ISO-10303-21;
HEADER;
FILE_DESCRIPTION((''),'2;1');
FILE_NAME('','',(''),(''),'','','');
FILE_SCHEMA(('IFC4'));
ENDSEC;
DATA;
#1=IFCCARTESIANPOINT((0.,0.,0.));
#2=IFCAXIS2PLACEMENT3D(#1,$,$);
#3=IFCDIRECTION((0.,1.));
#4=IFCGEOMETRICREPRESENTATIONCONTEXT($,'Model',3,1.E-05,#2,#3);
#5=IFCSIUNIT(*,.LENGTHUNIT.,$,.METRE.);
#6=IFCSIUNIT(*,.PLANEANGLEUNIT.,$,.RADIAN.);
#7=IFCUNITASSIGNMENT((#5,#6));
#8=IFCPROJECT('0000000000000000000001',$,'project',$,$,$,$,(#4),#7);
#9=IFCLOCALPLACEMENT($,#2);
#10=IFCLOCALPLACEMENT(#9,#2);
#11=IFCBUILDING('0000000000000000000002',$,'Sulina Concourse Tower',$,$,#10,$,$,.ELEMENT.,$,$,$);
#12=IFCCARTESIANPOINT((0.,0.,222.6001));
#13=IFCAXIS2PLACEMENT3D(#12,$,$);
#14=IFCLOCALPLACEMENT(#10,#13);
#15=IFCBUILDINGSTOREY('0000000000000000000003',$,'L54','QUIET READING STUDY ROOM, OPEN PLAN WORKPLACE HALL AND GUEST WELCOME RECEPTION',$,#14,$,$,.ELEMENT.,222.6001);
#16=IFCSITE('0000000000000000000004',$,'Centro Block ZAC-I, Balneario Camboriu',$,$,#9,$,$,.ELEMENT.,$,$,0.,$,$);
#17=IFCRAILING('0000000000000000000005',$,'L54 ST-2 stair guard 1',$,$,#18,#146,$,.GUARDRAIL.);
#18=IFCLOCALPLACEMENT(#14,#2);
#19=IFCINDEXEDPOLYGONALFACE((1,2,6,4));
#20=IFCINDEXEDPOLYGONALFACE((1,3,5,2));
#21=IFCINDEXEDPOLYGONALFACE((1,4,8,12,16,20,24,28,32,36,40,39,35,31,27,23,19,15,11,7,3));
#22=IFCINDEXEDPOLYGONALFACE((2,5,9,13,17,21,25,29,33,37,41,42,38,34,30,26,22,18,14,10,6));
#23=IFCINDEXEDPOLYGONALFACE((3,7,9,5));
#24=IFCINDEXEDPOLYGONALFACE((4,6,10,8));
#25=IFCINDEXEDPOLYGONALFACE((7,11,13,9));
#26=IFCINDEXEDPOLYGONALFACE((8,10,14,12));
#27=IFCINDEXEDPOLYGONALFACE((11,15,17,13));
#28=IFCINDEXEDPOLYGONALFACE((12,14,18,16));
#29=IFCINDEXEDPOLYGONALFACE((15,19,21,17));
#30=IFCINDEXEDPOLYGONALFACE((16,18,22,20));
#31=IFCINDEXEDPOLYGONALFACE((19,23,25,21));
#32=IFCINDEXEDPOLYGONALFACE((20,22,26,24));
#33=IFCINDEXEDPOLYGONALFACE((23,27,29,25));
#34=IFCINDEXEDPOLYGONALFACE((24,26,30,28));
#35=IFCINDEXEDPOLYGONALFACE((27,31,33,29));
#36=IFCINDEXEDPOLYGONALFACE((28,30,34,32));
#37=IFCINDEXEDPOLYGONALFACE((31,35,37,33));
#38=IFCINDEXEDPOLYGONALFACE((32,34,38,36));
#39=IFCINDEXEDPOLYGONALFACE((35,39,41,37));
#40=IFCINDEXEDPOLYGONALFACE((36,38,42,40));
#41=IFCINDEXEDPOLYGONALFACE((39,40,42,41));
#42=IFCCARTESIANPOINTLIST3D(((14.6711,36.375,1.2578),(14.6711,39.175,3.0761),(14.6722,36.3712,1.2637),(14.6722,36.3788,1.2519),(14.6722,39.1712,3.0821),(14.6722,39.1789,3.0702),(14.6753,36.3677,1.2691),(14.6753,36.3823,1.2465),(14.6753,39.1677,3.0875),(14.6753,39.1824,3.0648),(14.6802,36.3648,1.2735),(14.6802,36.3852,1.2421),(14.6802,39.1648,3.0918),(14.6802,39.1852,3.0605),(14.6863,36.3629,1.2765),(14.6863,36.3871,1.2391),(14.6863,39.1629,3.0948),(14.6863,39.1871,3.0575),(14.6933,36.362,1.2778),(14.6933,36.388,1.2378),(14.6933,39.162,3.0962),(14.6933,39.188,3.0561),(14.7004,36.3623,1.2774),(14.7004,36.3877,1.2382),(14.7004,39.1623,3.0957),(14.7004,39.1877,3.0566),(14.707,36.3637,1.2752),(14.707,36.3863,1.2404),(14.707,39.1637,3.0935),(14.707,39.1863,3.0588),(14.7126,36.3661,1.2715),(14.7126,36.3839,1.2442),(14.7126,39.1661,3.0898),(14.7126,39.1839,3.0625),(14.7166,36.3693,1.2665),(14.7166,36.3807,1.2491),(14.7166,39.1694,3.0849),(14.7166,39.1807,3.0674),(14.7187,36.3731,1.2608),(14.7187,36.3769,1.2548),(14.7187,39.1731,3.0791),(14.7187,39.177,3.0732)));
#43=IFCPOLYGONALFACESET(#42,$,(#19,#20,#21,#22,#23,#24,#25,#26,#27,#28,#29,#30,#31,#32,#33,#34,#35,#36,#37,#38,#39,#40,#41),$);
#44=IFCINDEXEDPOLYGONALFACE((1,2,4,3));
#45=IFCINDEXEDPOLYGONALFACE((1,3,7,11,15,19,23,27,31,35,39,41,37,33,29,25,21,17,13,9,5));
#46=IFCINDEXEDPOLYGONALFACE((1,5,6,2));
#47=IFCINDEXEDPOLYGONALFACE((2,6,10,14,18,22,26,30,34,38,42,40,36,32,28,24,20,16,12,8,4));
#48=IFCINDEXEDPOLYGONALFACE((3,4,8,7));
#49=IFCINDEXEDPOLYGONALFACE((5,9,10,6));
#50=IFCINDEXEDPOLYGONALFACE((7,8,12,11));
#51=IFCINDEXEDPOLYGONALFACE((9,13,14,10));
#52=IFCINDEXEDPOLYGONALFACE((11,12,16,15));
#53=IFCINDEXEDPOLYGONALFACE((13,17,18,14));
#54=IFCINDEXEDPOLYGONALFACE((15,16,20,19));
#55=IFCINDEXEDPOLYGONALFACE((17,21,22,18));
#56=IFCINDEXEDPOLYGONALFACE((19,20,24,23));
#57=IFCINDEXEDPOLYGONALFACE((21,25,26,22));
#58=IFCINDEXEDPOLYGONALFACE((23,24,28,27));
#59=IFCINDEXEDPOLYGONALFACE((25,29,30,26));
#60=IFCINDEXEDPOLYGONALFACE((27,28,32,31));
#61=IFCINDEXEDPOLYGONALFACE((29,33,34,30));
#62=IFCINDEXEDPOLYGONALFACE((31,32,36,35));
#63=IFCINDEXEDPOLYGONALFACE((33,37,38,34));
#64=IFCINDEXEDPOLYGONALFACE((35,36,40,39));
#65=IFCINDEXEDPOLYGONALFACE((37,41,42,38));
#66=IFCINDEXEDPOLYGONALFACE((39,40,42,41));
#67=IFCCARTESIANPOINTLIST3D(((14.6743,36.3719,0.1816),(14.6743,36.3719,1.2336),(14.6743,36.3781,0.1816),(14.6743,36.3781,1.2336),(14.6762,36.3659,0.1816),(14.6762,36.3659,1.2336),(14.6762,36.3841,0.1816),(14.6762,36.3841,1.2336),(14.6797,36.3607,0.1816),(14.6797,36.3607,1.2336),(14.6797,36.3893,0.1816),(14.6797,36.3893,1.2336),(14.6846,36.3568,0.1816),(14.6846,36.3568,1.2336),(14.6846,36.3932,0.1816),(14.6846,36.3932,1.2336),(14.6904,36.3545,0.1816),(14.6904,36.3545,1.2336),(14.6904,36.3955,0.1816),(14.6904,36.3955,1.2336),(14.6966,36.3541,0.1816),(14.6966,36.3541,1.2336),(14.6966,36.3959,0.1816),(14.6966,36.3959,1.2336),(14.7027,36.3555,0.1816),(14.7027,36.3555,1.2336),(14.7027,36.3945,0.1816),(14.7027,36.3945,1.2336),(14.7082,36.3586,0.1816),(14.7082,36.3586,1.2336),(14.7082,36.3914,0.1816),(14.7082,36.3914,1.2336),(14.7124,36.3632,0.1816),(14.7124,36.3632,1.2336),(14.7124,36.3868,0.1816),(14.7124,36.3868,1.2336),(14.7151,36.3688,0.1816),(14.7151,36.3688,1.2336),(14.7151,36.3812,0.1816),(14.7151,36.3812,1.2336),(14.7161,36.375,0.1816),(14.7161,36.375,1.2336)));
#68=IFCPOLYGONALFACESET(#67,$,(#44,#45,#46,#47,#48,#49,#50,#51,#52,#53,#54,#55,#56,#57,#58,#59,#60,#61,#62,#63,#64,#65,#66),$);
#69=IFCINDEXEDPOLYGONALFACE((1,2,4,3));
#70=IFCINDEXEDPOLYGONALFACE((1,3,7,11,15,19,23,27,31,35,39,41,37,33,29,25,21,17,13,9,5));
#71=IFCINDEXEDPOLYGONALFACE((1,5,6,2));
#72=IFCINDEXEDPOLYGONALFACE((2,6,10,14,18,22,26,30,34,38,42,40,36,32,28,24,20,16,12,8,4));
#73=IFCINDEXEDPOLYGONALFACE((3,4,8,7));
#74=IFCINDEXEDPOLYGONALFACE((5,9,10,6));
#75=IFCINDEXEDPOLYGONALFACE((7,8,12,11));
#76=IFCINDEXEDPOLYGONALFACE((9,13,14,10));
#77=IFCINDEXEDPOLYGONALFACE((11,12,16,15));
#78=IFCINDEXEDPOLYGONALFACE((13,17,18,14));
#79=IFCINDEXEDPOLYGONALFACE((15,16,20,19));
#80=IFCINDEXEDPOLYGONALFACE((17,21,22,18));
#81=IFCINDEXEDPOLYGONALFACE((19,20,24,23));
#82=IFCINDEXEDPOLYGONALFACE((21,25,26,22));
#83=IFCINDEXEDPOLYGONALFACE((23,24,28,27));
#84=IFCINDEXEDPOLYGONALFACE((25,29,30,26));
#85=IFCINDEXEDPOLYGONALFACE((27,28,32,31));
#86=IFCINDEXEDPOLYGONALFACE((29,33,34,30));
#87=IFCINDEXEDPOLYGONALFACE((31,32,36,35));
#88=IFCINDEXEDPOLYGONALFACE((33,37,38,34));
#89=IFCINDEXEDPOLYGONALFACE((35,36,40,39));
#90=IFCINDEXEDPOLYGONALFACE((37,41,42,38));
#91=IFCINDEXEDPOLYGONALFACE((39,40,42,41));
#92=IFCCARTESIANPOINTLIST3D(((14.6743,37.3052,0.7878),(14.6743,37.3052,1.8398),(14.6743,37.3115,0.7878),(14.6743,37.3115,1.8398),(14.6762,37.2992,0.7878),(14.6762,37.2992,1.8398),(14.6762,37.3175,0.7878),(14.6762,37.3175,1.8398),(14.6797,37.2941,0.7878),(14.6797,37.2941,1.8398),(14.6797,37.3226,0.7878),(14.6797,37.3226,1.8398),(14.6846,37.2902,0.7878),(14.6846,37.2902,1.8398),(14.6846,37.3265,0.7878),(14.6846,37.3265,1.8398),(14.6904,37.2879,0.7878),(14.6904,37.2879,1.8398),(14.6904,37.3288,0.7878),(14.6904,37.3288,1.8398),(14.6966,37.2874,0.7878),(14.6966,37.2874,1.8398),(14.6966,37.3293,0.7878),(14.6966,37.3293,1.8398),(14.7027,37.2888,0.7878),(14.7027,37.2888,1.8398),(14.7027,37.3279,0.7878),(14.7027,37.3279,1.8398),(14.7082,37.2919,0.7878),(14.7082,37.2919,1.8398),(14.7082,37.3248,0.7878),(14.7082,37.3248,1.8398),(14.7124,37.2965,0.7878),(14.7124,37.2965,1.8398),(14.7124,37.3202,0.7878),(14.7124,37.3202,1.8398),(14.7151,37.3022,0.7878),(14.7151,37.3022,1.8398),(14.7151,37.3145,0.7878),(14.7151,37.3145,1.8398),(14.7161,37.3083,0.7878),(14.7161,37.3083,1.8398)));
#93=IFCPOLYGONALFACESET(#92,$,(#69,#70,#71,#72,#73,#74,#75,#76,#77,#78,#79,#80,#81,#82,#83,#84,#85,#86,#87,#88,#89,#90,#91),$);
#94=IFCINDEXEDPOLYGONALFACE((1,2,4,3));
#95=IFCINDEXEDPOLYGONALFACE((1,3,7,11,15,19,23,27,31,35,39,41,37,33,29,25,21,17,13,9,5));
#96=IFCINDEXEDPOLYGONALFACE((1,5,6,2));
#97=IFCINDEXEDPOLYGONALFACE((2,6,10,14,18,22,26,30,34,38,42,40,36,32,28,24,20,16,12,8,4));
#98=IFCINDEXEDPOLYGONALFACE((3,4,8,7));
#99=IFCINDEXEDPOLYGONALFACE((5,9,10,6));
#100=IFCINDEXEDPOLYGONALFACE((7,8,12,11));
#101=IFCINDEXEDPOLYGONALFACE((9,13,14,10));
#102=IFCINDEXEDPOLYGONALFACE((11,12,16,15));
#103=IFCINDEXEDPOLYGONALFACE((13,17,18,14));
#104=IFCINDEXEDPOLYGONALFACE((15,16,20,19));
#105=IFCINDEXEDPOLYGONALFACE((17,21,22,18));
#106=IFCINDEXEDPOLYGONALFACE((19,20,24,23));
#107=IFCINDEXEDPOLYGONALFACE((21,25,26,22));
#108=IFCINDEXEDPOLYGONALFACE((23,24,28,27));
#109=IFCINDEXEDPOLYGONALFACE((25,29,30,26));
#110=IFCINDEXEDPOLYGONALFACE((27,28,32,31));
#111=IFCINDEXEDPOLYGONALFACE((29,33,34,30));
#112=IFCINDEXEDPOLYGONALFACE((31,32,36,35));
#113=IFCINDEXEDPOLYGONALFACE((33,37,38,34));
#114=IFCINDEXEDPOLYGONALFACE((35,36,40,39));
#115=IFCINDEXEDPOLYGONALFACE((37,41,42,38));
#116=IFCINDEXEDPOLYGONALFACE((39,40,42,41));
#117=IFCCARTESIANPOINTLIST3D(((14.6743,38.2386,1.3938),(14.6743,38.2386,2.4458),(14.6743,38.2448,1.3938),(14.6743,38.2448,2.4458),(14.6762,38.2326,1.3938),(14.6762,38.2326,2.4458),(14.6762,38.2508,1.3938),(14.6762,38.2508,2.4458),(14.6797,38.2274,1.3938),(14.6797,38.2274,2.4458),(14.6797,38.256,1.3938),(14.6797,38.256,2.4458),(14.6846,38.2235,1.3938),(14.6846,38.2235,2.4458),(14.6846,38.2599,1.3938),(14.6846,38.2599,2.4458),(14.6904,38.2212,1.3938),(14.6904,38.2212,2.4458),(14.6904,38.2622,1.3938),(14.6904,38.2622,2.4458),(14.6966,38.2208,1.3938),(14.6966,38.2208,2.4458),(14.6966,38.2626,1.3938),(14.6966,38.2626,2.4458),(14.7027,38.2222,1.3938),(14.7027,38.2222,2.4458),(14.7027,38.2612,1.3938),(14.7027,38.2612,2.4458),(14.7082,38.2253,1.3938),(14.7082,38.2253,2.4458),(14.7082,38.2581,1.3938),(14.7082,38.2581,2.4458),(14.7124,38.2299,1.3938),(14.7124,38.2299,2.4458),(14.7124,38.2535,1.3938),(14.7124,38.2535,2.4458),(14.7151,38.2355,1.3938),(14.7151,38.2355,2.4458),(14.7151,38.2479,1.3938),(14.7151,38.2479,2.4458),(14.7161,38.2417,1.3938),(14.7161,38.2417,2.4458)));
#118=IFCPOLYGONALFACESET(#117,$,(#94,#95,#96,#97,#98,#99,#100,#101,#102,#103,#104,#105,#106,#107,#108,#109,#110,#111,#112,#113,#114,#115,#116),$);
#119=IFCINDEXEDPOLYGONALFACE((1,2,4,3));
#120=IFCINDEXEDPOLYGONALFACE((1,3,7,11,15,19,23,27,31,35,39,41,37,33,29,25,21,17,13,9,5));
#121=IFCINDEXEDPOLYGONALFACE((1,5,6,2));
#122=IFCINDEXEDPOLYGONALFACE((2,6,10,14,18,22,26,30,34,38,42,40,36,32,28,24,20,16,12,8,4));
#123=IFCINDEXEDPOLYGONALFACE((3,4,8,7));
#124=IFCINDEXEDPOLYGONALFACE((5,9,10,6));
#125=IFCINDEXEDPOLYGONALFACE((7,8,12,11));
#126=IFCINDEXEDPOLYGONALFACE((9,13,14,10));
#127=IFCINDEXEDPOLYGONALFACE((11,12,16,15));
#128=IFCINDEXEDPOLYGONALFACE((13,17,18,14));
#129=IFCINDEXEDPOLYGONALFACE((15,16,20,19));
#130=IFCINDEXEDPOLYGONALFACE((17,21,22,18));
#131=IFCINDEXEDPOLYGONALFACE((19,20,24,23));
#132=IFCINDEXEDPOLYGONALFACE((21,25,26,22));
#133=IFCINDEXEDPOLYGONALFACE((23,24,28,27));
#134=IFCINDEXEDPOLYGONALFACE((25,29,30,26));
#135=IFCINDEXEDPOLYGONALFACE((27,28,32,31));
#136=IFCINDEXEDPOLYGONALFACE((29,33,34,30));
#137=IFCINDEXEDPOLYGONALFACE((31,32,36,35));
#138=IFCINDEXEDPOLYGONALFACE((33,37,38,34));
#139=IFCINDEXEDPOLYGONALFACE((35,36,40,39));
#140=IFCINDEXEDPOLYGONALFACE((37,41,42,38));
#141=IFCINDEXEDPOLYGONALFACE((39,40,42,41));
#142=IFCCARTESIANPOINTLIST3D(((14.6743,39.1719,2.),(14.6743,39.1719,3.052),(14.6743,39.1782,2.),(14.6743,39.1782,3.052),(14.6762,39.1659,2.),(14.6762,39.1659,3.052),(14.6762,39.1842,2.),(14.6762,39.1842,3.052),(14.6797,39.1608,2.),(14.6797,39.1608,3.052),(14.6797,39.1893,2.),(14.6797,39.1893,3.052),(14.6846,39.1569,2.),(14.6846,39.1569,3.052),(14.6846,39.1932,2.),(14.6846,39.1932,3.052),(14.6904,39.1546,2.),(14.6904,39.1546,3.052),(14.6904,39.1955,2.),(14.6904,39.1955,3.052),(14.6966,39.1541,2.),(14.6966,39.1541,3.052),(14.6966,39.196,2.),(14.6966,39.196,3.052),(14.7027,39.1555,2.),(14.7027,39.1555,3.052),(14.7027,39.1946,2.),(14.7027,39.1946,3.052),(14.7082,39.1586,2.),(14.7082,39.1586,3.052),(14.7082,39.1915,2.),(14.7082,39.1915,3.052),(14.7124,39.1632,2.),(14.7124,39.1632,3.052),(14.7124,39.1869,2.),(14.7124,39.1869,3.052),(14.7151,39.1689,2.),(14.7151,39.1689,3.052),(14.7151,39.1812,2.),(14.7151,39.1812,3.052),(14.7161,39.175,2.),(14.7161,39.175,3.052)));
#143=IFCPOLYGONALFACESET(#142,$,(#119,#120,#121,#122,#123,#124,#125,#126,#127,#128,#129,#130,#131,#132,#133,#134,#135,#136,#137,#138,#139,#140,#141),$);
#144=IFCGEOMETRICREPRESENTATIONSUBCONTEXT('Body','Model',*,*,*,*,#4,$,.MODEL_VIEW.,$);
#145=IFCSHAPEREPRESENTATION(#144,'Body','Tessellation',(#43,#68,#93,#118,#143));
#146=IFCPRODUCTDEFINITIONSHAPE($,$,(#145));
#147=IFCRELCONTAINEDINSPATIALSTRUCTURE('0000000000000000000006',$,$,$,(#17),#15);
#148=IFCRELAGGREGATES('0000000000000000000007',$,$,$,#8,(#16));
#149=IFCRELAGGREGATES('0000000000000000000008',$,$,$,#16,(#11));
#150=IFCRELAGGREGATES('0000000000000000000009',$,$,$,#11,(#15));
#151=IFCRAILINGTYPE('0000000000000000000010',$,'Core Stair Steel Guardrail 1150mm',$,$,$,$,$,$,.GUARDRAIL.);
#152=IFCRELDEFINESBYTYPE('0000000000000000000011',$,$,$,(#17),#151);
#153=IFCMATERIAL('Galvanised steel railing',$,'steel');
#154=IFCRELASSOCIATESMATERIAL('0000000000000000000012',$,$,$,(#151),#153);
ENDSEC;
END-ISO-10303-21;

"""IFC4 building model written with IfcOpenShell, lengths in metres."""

from ifc_helpers import new_model, si_unit, direction, frame, origin, origin_2d, place, context, subcontext, project, spatial, circle, extrude, material, type_object, element, save


model = new_model("IFC4")

# Units and contexts
model_context = context("Model", 3, precision=1e-05, world=origin(), true_north=direction((0.0, 1.0)))
body_context = subcontext(model_context, "Body", "Model", "MODEL_VIEW")
ifc_project = project(units=[si_unit("LENGTHUNIT", "METRE"), si_unit("PLANEANGLEUNIT", "RADIAN")], contexts=[model_context])

# Site, building, storey
site_placement = place(None, origin())
site = spatial("IfcSite", under=ifc_project, at=site_placement, Name="Centro Block ZAC-I, Balneario Camboriu", CompositionType="ELEMENT", RefElevation=0.0)
building_placement = place(site_placement, origin())
building = spatial("IfcBuilding", under=site, at=building_placement, Name="Sulina Concourse Tower", CompositionType="ELEMENT")
storey_placement = place(building_placement, frame((0.0, 0.0, 222.6001)))
storey = spatial("IfcBuildingStorey", under=building, at=storey_placement, Name="L54", Description="QUIET READING STUDY ROOM, OPEN PLAN WORKPLACE HALL AND GUEST WELCOME RECEPTION", CompositionType="ELEMENT", Elevation=222.6001)

# Railing
ifc_material_1 = material(Name="Galvanised steel railing", Category="steel")
railing_type_1 = type_object("IfcRailingType", Name="Core Stair Steel Guardrail 1150mm", PredefinedType="GUARDRAIL", material=ifc_material_1)
railing_1_placement = place(storey_placement, frame((14.6951, 36.375, 0.1816)))
element("IfcRailing", 1, at=railing_1_placement, inside=storey, type_object=railing_type_1, Name="L54 ST-2 stair guard 1", PredefinedType="GUARDRAIL", context=body_context, shape_type="SweptSolid", body=[
    extrude(circle(Radius=0.0239, at=origin_2d()), frame((0.0, 0.0, 1.0762), z_axis=(0.0, 0.838672, 0.544636), x_axis=(-1.0, 0.0, 0.0)), (0.0, 0.0, 1.0), 3.3386),
    extrude(circle(Radius=0.021, at=origin_2d()), origin(), (0.0, 0.0, 1.0), 1.052),
    extrude(circle(Radius=0.021, at=origin_2d()), frame((0.0, 0.9333, 0.6062)), (0.0, 0.0, 1.0), 1.052),
    extrude(circle(Radius=0.021, at=origin_2d()), frame((0.0, 1.8667, 1.2122)), (0.0, 0.0, 1.0), 1.052),
    extrude(circle(Radius=0.021, at=origin_2d()), frame((0.0, 2.8, 1.8184)), (0.0, 0.0, 1.0), 1.052),
])

save(model, "model.ifc")
